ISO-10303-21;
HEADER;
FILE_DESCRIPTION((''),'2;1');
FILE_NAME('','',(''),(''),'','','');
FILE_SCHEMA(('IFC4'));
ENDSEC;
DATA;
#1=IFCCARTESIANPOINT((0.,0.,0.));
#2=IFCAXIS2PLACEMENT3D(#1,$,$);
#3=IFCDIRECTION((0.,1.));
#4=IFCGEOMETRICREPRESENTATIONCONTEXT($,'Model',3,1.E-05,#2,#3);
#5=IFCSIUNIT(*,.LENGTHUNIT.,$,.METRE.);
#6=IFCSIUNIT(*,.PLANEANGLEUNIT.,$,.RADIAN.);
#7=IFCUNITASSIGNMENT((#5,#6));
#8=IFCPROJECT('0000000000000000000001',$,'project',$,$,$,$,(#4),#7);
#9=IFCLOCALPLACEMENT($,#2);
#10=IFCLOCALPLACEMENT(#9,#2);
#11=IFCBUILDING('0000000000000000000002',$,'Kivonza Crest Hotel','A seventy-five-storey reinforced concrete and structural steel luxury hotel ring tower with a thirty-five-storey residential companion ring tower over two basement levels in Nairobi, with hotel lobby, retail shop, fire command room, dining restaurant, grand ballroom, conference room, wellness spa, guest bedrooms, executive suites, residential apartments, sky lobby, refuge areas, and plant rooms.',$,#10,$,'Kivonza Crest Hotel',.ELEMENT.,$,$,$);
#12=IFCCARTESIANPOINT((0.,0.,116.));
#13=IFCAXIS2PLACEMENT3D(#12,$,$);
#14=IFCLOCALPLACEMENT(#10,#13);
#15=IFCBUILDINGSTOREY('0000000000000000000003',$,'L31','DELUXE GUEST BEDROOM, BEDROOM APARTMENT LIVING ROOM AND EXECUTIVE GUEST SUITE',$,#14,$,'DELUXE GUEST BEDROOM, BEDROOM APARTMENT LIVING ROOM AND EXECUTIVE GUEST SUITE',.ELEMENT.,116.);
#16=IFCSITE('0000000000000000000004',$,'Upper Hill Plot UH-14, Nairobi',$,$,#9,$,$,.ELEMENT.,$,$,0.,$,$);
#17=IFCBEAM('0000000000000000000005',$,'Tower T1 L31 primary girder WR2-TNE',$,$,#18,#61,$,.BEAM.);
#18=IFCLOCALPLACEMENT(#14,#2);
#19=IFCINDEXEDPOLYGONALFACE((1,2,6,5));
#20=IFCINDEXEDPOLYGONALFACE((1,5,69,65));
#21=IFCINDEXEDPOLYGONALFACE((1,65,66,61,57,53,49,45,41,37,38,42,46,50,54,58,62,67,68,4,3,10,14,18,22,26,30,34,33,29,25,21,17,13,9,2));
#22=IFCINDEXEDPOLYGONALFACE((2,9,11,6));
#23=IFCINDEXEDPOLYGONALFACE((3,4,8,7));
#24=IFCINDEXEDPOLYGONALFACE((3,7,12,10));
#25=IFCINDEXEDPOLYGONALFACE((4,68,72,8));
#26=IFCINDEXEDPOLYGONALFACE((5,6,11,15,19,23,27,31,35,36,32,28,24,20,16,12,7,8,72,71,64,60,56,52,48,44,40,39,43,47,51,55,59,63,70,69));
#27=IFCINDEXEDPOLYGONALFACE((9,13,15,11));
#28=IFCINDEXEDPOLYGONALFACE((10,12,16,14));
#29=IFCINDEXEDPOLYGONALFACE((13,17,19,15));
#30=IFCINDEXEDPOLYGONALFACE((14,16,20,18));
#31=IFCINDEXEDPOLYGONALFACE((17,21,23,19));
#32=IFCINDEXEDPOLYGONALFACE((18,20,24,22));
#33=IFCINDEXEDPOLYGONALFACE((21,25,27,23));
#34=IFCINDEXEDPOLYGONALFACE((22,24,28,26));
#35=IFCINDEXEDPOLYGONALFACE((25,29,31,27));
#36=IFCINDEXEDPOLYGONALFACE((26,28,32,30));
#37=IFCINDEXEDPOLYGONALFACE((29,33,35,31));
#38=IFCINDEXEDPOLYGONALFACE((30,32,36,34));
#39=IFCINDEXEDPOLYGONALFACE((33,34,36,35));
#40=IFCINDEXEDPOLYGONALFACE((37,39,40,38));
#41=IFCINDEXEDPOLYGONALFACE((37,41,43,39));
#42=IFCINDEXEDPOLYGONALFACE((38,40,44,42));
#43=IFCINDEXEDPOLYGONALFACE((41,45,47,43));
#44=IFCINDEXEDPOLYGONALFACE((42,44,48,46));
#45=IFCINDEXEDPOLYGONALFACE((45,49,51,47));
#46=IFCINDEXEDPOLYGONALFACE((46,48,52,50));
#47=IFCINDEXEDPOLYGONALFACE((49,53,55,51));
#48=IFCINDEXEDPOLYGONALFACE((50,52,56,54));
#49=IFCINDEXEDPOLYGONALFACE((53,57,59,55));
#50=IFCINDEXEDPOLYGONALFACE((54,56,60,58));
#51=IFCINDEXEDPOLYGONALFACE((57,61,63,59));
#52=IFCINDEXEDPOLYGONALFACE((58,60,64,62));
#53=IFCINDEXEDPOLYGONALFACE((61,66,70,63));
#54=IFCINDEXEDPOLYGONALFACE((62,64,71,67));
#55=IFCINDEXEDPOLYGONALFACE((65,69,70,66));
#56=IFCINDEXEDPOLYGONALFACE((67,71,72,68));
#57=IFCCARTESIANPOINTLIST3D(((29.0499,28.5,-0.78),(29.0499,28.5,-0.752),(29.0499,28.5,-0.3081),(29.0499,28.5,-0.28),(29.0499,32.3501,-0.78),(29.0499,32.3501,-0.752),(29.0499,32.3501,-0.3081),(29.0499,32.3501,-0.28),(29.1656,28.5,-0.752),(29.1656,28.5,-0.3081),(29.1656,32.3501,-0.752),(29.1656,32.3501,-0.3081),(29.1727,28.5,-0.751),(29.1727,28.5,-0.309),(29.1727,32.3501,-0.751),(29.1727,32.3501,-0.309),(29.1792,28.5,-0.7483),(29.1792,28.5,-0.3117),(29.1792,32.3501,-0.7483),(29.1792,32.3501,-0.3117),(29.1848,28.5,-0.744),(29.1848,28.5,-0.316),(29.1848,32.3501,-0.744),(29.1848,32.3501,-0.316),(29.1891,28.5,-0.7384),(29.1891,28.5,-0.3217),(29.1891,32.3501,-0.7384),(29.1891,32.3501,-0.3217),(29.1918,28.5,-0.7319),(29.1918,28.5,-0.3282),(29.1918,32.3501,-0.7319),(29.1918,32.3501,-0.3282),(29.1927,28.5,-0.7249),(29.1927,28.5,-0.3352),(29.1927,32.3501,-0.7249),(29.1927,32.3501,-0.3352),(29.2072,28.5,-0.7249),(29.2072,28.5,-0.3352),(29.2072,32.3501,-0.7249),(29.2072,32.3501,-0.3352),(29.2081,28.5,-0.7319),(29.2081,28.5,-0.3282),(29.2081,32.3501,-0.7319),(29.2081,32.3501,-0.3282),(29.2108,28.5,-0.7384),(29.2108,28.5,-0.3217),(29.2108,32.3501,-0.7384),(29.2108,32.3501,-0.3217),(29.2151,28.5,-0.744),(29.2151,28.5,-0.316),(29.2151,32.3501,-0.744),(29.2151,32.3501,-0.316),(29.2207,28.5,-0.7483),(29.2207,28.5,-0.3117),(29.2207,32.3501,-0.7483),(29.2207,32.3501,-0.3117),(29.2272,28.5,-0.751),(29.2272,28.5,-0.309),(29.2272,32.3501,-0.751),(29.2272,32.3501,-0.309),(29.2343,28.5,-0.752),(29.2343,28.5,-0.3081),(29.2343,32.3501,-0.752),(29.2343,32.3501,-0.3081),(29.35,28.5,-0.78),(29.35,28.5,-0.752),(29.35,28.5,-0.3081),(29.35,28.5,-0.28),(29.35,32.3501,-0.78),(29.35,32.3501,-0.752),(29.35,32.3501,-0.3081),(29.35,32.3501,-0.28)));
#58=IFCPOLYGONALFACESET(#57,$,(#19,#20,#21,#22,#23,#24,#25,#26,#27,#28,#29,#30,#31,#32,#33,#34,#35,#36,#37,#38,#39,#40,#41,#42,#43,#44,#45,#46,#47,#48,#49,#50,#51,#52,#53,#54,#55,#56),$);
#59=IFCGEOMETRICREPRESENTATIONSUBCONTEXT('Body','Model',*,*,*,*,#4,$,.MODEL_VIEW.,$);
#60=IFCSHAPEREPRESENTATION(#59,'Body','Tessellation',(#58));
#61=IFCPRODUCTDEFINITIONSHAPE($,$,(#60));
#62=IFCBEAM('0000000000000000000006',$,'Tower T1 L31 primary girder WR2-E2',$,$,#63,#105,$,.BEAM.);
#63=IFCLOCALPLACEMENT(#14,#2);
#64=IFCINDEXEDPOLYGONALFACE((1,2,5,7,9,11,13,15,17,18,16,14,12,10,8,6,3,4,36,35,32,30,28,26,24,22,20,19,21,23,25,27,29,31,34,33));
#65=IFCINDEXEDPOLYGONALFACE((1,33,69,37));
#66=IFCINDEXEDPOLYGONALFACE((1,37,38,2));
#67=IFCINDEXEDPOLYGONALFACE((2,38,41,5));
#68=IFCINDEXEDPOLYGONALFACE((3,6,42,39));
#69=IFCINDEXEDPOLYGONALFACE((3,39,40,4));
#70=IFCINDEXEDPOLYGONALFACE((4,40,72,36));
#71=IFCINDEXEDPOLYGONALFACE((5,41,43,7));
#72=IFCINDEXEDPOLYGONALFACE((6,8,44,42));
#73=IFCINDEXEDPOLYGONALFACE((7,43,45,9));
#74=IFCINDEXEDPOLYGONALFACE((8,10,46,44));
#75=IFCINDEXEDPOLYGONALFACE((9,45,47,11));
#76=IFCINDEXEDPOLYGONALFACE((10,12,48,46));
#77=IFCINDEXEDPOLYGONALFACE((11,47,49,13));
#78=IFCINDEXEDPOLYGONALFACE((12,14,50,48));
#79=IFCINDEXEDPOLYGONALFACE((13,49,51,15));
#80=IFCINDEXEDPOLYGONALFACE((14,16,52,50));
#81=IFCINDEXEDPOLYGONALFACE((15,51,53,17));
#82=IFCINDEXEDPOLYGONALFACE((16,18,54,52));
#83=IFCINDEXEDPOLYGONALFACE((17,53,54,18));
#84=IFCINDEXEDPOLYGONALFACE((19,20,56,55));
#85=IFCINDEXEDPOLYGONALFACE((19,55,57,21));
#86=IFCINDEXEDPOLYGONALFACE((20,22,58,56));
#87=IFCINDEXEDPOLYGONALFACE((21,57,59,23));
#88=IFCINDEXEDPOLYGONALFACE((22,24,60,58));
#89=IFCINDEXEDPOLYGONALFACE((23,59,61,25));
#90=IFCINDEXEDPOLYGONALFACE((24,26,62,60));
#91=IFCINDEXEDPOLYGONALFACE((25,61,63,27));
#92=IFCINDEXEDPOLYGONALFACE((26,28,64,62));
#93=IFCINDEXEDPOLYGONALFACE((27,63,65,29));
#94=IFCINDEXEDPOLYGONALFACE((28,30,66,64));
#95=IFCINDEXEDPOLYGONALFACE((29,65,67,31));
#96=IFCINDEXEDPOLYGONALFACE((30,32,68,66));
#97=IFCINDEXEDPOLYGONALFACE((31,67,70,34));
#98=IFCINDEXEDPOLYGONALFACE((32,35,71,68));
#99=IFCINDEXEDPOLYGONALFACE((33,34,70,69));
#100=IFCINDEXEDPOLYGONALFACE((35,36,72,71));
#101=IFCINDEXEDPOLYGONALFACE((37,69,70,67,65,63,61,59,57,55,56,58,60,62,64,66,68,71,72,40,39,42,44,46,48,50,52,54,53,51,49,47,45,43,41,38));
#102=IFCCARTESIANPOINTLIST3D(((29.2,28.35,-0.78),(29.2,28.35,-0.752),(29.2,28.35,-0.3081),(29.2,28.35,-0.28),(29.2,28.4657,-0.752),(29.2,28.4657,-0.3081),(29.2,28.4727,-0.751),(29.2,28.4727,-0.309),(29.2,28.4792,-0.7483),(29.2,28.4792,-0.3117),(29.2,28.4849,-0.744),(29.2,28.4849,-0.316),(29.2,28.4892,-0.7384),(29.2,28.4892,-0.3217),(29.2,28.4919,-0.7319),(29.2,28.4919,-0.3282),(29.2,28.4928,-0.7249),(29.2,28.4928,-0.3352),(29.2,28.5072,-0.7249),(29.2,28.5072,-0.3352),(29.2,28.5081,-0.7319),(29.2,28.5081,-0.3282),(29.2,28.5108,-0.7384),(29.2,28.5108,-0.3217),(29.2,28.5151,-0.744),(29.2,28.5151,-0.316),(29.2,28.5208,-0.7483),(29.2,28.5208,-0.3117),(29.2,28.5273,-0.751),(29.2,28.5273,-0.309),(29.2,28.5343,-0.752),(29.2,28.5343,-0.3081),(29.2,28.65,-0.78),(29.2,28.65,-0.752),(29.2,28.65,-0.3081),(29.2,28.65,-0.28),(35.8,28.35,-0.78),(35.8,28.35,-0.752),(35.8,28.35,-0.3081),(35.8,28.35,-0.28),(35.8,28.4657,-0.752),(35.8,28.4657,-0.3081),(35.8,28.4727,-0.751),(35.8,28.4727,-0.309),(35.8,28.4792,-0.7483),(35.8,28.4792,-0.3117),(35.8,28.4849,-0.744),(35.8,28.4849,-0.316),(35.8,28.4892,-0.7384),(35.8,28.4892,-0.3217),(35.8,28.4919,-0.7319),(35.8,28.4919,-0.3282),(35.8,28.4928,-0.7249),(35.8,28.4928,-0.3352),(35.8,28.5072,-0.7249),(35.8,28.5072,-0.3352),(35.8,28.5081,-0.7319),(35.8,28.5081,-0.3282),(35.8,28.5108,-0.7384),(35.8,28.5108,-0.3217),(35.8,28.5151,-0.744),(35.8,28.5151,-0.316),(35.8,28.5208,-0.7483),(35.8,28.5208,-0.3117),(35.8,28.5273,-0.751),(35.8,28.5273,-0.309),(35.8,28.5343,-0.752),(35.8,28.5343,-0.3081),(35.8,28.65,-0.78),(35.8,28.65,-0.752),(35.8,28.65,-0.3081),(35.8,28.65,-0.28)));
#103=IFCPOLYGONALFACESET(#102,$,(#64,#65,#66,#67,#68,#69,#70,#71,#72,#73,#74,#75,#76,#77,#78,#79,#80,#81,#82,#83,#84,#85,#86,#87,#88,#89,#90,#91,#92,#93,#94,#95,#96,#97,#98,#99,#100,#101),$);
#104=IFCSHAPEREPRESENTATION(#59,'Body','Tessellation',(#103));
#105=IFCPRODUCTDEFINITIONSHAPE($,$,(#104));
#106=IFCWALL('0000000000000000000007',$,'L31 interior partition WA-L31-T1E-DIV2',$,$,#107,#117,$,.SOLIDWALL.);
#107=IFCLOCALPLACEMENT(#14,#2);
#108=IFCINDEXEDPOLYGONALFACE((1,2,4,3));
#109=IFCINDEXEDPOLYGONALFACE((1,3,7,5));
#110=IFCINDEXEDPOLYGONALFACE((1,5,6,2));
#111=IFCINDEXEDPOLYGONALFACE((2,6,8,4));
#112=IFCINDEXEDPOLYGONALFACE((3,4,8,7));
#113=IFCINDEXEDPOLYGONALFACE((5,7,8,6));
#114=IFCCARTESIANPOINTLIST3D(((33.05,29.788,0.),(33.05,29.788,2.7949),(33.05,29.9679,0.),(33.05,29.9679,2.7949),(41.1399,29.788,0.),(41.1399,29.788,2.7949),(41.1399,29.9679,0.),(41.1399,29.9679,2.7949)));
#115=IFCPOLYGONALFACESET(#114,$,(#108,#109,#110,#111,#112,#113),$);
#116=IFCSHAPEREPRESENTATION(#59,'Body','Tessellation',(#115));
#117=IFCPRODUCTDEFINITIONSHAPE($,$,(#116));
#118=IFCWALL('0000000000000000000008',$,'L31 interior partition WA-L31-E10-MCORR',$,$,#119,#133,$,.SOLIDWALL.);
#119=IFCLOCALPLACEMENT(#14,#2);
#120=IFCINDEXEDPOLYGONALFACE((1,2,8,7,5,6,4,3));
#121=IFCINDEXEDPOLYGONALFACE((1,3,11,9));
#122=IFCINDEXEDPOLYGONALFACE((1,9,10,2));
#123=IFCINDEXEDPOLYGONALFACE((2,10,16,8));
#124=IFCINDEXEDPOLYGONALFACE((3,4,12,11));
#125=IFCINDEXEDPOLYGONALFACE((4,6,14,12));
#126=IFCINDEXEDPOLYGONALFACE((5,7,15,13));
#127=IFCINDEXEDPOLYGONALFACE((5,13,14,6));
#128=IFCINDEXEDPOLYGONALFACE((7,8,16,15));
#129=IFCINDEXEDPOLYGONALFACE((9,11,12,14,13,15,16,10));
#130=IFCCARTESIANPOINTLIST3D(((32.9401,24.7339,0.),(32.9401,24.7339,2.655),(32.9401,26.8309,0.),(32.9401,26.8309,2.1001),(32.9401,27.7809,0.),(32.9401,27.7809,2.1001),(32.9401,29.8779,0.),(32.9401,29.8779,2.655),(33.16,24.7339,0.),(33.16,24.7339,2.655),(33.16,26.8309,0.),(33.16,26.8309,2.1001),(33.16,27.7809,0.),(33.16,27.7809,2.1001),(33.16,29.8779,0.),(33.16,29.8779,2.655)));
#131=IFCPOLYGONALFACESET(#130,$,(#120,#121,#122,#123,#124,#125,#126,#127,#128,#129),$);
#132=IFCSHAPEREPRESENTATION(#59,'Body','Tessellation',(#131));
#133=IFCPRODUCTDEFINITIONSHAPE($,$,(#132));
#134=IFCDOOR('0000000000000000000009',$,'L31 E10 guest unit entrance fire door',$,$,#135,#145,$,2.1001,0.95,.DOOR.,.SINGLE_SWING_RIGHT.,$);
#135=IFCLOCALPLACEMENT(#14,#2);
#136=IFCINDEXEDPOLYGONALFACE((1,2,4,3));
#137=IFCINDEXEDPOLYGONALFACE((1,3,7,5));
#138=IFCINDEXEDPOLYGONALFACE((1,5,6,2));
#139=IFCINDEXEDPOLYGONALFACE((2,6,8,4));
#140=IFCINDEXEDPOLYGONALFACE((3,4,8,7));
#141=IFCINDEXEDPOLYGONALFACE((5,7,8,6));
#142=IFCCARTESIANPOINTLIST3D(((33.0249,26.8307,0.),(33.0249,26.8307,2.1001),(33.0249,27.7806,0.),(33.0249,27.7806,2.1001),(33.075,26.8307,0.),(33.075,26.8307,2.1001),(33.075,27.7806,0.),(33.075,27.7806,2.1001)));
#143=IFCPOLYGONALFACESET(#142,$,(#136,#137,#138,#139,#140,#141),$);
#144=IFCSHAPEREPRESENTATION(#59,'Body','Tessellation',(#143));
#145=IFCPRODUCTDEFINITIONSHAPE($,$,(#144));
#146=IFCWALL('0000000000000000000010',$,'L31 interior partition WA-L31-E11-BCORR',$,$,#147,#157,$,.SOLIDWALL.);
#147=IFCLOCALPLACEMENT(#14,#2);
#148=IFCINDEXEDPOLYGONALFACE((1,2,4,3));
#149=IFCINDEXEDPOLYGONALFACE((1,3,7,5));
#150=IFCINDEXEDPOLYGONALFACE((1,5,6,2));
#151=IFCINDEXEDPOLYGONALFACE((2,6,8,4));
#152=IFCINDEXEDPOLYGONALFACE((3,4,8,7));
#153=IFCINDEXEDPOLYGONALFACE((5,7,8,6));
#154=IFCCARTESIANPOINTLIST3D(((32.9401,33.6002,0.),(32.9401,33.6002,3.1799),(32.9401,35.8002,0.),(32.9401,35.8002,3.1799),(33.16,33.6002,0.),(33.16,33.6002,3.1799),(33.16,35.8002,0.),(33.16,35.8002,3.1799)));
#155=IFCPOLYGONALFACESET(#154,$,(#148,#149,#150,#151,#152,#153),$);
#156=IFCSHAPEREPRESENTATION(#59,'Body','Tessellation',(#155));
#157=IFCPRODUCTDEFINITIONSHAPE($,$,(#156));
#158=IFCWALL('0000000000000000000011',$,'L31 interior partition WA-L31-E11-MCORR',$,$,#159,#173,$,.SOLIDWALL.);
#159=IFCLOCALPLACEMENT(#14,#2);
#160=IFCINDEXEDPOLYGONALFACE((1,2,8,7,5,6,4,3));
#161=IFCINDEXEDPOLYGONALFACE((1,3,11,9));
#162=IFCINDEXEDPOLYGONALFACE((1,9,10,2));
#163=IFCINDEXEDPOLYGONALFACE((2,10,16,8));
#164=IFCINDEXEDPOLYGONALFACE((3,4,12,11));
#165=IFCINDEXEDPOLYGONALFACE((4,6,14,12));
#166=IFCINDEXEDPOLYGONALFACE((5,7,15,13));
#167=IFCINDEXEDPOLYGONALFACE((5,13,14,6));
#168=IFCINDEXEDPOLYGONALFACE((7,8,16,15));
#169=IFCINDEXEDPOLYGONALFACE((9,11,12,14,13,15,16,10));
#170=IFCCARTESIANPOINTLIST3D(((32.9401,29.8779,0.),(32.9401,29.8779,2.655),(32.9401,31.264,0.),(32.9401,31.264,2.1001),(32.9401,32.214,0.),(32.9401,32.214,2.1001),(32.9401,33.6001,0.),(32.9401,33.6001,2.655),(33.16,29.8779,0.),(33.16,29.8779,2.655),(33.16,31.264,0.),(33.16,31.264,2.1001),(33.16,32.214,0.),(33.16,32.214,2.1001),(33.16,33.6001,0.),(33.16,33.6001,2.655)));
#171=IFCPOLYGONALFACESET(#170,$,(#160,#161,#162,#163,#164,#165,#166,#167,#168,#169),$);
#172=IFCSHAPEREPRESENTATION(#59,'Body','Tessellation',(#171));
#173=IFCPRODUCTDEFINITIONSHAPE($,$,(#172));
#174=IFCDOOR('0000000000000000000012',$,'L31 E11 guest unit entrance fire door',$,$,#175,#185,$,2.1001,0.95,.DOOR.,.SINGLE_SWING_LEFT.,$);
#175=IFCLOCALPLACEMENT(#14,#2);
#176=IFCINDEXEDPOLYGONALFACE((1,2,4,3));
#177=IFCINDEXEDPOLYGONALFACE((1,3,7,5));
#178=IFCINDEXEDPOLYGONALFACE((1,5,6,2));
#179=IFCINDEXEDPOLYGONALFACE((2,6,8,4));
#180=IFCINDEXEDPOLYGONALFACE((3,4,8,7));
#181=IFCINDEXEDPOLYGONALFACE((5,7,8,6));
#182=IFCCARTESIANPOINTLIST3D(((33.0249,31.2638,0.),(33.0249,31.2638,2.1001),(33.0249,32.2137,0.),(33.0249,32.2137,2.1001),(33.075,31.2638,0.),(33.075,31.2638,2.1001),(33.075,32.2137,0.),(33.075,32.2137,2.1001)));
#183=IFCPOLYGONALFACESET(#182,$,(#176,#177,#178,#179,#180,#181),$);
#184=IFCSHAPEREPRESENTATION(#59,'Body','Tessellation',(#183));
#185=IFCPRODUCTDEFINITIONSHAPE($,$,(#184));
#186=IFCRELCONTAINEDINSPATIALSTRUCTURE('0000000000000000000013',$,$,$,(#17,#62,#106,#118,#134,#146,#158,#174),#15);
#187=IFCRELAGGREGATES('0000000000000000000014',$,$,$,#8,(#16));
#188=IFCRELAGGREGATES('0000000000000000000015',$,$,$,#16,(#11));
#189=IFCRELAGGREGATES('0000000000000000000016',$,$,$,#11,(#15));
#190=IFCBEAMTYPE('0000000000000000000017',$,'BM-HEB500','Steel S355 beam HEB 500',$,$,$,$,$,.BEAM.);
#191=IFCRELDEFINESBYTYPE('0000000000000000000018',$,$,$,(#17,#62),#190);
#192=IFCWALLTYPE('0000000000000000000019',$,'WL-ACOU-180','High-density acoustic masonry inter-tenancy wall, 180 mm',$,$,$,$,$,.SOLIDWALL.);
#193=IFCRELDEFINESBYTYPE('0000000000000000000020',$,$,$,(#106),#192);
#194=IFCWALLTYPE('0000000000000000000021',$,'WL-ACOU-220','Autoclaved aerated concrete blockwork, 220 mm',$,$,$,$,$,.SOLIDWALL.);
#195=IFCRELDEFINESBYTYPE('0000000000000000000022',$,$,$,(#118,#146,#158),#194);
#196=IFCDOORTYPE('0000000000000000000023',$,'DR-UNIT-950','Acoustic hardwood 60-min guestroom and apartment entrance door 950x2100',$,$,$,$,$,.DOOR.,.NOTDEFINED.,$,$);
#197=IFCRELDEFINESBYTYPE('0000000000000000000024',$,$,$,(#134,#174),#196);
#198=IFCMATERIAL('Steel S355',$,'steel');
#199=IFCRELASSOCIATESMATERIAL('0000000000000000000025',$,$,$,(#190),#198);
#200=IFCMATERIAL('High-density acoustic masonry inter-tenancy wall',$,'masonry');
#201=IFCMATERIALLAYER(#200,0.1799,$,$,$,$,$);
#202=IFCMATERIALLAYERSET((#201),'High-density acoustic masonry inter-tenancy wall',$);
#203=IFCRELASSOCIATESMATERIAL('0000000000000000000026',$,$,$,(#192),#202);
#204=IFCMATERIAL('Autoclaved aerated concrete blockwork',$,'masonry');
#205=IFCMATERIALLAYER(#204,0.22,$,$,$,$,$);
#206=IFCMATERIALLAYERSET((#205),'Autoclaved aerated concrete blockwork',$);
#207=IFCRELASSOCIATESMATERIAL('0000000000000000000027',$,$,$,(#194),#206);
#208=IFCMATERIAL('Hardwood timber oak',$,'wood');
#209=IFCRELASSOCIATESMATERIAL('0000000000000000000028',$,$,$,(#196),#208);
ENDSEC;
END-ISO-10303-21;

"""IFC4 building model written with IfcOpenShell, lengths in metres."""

from ifc_helpers import new_model, si_unit, direction, frame, frame_2d, origin, origin_2d, place, context, subcontext, project, spatial, rectangle, i_section, extrude, material, layer, layer_set, material_profile, profile_set, type_object, element, fill, save


model = new_model("IFC4")

# Units and contexts
model_context = context("Model", 3, precision=1e-05, world=origin(), true_north=direction((0.0, 1.0)))
body_context = subcontext(model_context, "Body", "Model", "MODEL_VIEW")
ifc_project = project(units=[si_unit("LENGTHUNIT", "METRE"), si_unit("PLANEANGLEUNIT", "RADIAN")], contexts=[model_context])

# Site, building, storey
site_placement = place(None, origin())
site = spatial("IfcSite", under=ifc_project, at=site_placement, Name="Upper Hill Plot UH-14, Nairobi", CompositionType="ELEMENT", RefElevation=0.0)
building_placement = place(site_placement, origin())
building = spatial("IfcBuilding", under=site, at=building_placement, Name="Kivonza Crest Hotel", Description="A seventy-five-storey reinforced concrete and structural steel luxury hotel ring tower with a thirty-five-storey residential companion ring tower over two basement levels in Nairobi, with hotel lobby, retail shop, fire command room, dining restaurant, grand ballroom, conference room, wellness spa, guest bedrooms, executive suites, residential apartments, sky lobby, refuge areas, and plant rooms.", LongName="Kivonza Crest Hotel", CompositionType="ELEMENT")
storey_placement = place(building_placement, frame((0.0, 0.0, 116.0)))
storey = spatial("IfcBuildingStorey", under=building, at=storey_placement, Name="L31", Description="DELUXE GUEST BEDROOM, BEDROOM APARTMENT LIVING ROOM AND EXECUTIVE GUEST SUITE", LongName="DELUXE GUEST BEDROOM, BEDROOM APARTMENT LIVING ROOM AND EXECUTIVE GUEST SUITE", CompositionType="ELEMENT", Elevation=116.0)

# Beams
ifc_material_1 = material(Name="Steel S355", Category="steel")
ifc_material_profile_1 = material_profile(ifc_material_1, i_section(OverallWidth=0.3, OverallDepth=0.5, WebThickness=0.0144, FlangeThickness=0.0281, FilletRadius=0.0271, at=origin_2d()), Name="HEB 500")
ifc_profile_set_1 = profile_set([ifc_material_profile_1], Name="Steel S355")
beam_type_1 = type_object("IfcBeamType", Name="BM-HEB500", Description="Steel S355 beam HEB 500", PredefinedType="BEAM", material=ifc_profile_set_1)
beam_1_placement = place(storey_placement, frame((29.2, 28.5, -0.53), z_axis=(0.0, 1.0, 0.0), x_axis=(-1.0, 0.0, 0.0)))
element("IfcBeam", 1, at=beam_1_placement, inside=storey, type_object=beam_type_1, Name="Tower T1 L31 primary girder WR2-TNE", PredefinedType="BEAM", context=body_context, shape_type="SweptSolid", body=[
    extrude(i_section(OverallWidth=0.3, OverallDepth=0.5, WebThickness=0.0144, FlangeThickness=0.0281, FilletRadius=0.0271, at=origin_2d()), origin(), (0.0, 0.0, 1.0), 3.8501),
])
beam_2_placement = place(storey_placement, frame((29.2, 28.5, -0.53), z_axis=(1.0, 0.0, 0.0), x_axis=(0.0, 1.0, 0.0)))
element("IfcBeam", 2, at=beam_2_placement, inside=storey, type_object=beam_type_1, Name="Tower T1 L31 primary girder WR2-E2", PredefinedType="BEAM", context=body_context, shape_type="SweptSolid", body=[
    extrude(i_section(OverallWidth=0.3, OverallDepth=0.5, WebThickness=0.0144, FlangeThickness=0.0281, FilletRadius=0.0271, at=origin_2d()), origin(), (0.0, 0.0, 1.0), 6.6001),
])

# Wall
ifc_material_2 = material(Name="High-density acoustic masonry inter-tenancy wall", Category="masonry")
ifc_layer_1 = layer(ifc_material_2, 0.1799)
ifc_layer_set_1 = layer_set([ifc_layer_1], Name="High-density acoustic masonry inter-tenancy wall")
wall_type_1 = type_object("IfcWallType", Name="WL-ACOU-180", Description="High-density acoustic masonry inter-tenancy wall, 180 mm", PredefinedType="SOLIDWALL", material=ifc_layer_set_1)
wall_1_placement = place(storey_placement, frame((33.05, 29.8779, 0.0), z_axis=(0.0, 0.0, 1.0), x_axis=(1.0, 0.0, 0.0)))
element("IfcWall", 3, at=wall_1_placement, inside=storey, type_object=wall_type_1, Name="L31 interior partition WA-L31-T1E-DIV2", PredefinedType="SOLIDWALL", context=body_context, shape_type="SweptSolid", body=[
    extrude(rectangle(XDim=8.0898, YDim=0.1799, at=frame_2d((4.0449, 0.0))), origin(), (0.0, 0.0, 1.0), 2.7949),
])

# Wall, opening, door
ifc_material_3 = material(Name="Autoclaved aerated concrete blockwork", Category="masonry")
ifc_layer_2 = layer(ifc_material_3, 0.22)
ifc_layer_set_2 = layer_set([ifc_layer_2], Name="Autoclaved aerated concrete blockwork")
wall_type_2 = type_object("IfcWallType", Name="WL-ACOU-220", Description="Autoclaved aerated concrete blockwork, 220 mm", PredefinedType="SOLIDWALL", material=ifc_layer_set_2)
wall_2_placement = place(storey_placement, frame((33.05, 24.7339, 0.0), z_axis=(0.0, 0.0, 1.0), x_axis=(0.0, 1.0, 0.0)))
wall_2 = element("IfcWall", 4, at=wall_2_placement, inside=storey, type_object=wall_type_2, Name="L31 interior partition WA-L31-E10-MCORR", PredefinedType="SOLIDWALL", context=body_context, shape_type="SweptSolid", body=[
    extrude(rectangle(XDim=5.144, YDim=0.22, at=frame_2d((2.572, 0.0))), origin(), (0.0, 0.0, 1.0), 2.655),
])
opening_1_placement = place(wall_2_placement, frame((2.0969, 0.0, 0.0)))
opening_1 = element("IfcOpeningElement", 5, at=opening_1_placement, cuts=wall_2, PredefinedType="OPENING", context=body_context, shape_type="SweptSolid", body=[
    extrude(rectangle(XDim=0.95, YDim=2.1001, at=frame_2d((0.4751, 1.05))), frame((0.0, 0.1201, 0.0), z_axis=(0.0, -1.0, 0.0), x_axis=(1.0, 0.0, 0.0)), (0.0, 0.0, 1.0), 0.24),
])
ifc_material_4 = material(Name="Hardwood timber oak", Category="wood")
door_type_1 = type_object("IfcDoorType", Name="DR-UNIT-950", Description="Acoustic hardwood 60-min guestroom and apartment entrance door 950x2100", OperationType="NOTDEFINED", PredefinedType="DOOR", material=ifc_material_4)
door_1_placement = place(opening_1_placement, frame((0.95, 0.0, 0.0), z_axis=(0.0, 0.0, 1.0), x_axis=(-1.0, 0.0, 0.0)))
door_1 = element("IfcDoor", 6, at=door_1_placement, inside=storey, type_object=door_type_1, Name="L31 E10 guest unit entrance fire door", OperationType="SINGLE_SWING_RIGHT", OverallHeight=2.1001, OverallWidth=0.95, PredefinedType="DOOR", context=body_context, shape_type="SweptSolid", body=[
    extrude(rectangle(XDim=0.95, YDim=2.1001, at=frame_2d((0.4751, 1.05))), frame((0.0, 0.0249, 0.0), z_axis=(0.0, -1.0, 0.0), x_axis=(1.0, 0.0, 0.0)), (0.0, 0.0, 1.0), 0.05),
])
fill(opening_1, door_1)

# Wall
wall_3_placement = place(storey_placement, frame((33.05, 33.6001, 0.0), z_axis=(0.0, 0.0, 1.0), x_axis=(0.0, 1.0, 0.0)))
element("IfcWall", 7, at=wall_3_placement, inside=storey, type_object=wall_type_2, Name="L31 interior partition WA-L31-E11-BCORR", PredefinedType="SOLIDWALL", context=body_context, shape_type="SweptSolid", body=[
    extrude(rectangle(XDim=2.2, YDim=0.22, at=frame_2d((1.1001, 0.0))), origin(), (0.0, 0.0, 1.0), 3.1799),
])

# Wall, opening, door
wall_4_placement = place(storey_placement, frame((33.05, 29.8779, 0.0), z_axis=(0.0, 0.0, 1.0), x_axis=(0.0, 1.0, 0.0)))
wall_4 = element("IfcWall", 8, at=wall_4_placement, inside=storey, type_object=wall_type_2, Name="L31 interior partition WA-L31-E11-MCORR", PredefinedType="SOLIDWALL", context=body_context, shape_type="SweptSolid", body=[
    extrude(rectangle(XDim=3.7222, YDim=0.22, at=frame_2d((1.8611, 0.0))), origin(), (0.0, 0.0, 1.0), 2.655),
])
opening_2_placement = place(wall_4_placement, frame((1.386, 0.0, 0.0)))
opening_2 = element("IfcOpeningElement", 9, at=opening_2_placement, cuts=wall_4, PredefinedType="OPENING", context=body_context, shape_type="SweptSolid", body=[
    extrude(rectangle(XDim=0.95, YDim=2.1001, at=frame_2d((0.4751, 1.05))), frame((0.0, 0.1201, 0.0), z_axis=(0.0, -1.0, 0.0), x_axis=(1.0, 0.0, 0.0)), (0.0, 0.0, 1.0), 0.24),
])
door_2_placement = place(opening_2_placement, frame((0.95, 0.0, 0.0), z_axis=(0.0, 0.0, 1.0), x_axis=(-1.0, 0.0, 0.0)))
door_2 = element("IfcDoor", 10, at=door_2_placement, inside=storey, type_object=door_type_1, Name="L31 E11 guest unit entrance fire door", OperationType="SINGLE_SWING_LEFT", OverallHeight=2.1001, OverallWidth=0.95, PredefinedType="DOOR", context=body_context, shape_type="SweptSolid", body=[
    extrude(rectangle(XDim=0.95, YDim=2.1001, at=frame_2d((0.4751, 1.05))), frame((0.0, 0.0249, 0.0), z_axis=(0.0, -1.0, 0.0), x_axis=(1.0, 0.0, 0.0)), (0.0, 0.0, 1.0), 0.05),
])
fill(opening_2, door_2)

save(model, "model.ifc")
